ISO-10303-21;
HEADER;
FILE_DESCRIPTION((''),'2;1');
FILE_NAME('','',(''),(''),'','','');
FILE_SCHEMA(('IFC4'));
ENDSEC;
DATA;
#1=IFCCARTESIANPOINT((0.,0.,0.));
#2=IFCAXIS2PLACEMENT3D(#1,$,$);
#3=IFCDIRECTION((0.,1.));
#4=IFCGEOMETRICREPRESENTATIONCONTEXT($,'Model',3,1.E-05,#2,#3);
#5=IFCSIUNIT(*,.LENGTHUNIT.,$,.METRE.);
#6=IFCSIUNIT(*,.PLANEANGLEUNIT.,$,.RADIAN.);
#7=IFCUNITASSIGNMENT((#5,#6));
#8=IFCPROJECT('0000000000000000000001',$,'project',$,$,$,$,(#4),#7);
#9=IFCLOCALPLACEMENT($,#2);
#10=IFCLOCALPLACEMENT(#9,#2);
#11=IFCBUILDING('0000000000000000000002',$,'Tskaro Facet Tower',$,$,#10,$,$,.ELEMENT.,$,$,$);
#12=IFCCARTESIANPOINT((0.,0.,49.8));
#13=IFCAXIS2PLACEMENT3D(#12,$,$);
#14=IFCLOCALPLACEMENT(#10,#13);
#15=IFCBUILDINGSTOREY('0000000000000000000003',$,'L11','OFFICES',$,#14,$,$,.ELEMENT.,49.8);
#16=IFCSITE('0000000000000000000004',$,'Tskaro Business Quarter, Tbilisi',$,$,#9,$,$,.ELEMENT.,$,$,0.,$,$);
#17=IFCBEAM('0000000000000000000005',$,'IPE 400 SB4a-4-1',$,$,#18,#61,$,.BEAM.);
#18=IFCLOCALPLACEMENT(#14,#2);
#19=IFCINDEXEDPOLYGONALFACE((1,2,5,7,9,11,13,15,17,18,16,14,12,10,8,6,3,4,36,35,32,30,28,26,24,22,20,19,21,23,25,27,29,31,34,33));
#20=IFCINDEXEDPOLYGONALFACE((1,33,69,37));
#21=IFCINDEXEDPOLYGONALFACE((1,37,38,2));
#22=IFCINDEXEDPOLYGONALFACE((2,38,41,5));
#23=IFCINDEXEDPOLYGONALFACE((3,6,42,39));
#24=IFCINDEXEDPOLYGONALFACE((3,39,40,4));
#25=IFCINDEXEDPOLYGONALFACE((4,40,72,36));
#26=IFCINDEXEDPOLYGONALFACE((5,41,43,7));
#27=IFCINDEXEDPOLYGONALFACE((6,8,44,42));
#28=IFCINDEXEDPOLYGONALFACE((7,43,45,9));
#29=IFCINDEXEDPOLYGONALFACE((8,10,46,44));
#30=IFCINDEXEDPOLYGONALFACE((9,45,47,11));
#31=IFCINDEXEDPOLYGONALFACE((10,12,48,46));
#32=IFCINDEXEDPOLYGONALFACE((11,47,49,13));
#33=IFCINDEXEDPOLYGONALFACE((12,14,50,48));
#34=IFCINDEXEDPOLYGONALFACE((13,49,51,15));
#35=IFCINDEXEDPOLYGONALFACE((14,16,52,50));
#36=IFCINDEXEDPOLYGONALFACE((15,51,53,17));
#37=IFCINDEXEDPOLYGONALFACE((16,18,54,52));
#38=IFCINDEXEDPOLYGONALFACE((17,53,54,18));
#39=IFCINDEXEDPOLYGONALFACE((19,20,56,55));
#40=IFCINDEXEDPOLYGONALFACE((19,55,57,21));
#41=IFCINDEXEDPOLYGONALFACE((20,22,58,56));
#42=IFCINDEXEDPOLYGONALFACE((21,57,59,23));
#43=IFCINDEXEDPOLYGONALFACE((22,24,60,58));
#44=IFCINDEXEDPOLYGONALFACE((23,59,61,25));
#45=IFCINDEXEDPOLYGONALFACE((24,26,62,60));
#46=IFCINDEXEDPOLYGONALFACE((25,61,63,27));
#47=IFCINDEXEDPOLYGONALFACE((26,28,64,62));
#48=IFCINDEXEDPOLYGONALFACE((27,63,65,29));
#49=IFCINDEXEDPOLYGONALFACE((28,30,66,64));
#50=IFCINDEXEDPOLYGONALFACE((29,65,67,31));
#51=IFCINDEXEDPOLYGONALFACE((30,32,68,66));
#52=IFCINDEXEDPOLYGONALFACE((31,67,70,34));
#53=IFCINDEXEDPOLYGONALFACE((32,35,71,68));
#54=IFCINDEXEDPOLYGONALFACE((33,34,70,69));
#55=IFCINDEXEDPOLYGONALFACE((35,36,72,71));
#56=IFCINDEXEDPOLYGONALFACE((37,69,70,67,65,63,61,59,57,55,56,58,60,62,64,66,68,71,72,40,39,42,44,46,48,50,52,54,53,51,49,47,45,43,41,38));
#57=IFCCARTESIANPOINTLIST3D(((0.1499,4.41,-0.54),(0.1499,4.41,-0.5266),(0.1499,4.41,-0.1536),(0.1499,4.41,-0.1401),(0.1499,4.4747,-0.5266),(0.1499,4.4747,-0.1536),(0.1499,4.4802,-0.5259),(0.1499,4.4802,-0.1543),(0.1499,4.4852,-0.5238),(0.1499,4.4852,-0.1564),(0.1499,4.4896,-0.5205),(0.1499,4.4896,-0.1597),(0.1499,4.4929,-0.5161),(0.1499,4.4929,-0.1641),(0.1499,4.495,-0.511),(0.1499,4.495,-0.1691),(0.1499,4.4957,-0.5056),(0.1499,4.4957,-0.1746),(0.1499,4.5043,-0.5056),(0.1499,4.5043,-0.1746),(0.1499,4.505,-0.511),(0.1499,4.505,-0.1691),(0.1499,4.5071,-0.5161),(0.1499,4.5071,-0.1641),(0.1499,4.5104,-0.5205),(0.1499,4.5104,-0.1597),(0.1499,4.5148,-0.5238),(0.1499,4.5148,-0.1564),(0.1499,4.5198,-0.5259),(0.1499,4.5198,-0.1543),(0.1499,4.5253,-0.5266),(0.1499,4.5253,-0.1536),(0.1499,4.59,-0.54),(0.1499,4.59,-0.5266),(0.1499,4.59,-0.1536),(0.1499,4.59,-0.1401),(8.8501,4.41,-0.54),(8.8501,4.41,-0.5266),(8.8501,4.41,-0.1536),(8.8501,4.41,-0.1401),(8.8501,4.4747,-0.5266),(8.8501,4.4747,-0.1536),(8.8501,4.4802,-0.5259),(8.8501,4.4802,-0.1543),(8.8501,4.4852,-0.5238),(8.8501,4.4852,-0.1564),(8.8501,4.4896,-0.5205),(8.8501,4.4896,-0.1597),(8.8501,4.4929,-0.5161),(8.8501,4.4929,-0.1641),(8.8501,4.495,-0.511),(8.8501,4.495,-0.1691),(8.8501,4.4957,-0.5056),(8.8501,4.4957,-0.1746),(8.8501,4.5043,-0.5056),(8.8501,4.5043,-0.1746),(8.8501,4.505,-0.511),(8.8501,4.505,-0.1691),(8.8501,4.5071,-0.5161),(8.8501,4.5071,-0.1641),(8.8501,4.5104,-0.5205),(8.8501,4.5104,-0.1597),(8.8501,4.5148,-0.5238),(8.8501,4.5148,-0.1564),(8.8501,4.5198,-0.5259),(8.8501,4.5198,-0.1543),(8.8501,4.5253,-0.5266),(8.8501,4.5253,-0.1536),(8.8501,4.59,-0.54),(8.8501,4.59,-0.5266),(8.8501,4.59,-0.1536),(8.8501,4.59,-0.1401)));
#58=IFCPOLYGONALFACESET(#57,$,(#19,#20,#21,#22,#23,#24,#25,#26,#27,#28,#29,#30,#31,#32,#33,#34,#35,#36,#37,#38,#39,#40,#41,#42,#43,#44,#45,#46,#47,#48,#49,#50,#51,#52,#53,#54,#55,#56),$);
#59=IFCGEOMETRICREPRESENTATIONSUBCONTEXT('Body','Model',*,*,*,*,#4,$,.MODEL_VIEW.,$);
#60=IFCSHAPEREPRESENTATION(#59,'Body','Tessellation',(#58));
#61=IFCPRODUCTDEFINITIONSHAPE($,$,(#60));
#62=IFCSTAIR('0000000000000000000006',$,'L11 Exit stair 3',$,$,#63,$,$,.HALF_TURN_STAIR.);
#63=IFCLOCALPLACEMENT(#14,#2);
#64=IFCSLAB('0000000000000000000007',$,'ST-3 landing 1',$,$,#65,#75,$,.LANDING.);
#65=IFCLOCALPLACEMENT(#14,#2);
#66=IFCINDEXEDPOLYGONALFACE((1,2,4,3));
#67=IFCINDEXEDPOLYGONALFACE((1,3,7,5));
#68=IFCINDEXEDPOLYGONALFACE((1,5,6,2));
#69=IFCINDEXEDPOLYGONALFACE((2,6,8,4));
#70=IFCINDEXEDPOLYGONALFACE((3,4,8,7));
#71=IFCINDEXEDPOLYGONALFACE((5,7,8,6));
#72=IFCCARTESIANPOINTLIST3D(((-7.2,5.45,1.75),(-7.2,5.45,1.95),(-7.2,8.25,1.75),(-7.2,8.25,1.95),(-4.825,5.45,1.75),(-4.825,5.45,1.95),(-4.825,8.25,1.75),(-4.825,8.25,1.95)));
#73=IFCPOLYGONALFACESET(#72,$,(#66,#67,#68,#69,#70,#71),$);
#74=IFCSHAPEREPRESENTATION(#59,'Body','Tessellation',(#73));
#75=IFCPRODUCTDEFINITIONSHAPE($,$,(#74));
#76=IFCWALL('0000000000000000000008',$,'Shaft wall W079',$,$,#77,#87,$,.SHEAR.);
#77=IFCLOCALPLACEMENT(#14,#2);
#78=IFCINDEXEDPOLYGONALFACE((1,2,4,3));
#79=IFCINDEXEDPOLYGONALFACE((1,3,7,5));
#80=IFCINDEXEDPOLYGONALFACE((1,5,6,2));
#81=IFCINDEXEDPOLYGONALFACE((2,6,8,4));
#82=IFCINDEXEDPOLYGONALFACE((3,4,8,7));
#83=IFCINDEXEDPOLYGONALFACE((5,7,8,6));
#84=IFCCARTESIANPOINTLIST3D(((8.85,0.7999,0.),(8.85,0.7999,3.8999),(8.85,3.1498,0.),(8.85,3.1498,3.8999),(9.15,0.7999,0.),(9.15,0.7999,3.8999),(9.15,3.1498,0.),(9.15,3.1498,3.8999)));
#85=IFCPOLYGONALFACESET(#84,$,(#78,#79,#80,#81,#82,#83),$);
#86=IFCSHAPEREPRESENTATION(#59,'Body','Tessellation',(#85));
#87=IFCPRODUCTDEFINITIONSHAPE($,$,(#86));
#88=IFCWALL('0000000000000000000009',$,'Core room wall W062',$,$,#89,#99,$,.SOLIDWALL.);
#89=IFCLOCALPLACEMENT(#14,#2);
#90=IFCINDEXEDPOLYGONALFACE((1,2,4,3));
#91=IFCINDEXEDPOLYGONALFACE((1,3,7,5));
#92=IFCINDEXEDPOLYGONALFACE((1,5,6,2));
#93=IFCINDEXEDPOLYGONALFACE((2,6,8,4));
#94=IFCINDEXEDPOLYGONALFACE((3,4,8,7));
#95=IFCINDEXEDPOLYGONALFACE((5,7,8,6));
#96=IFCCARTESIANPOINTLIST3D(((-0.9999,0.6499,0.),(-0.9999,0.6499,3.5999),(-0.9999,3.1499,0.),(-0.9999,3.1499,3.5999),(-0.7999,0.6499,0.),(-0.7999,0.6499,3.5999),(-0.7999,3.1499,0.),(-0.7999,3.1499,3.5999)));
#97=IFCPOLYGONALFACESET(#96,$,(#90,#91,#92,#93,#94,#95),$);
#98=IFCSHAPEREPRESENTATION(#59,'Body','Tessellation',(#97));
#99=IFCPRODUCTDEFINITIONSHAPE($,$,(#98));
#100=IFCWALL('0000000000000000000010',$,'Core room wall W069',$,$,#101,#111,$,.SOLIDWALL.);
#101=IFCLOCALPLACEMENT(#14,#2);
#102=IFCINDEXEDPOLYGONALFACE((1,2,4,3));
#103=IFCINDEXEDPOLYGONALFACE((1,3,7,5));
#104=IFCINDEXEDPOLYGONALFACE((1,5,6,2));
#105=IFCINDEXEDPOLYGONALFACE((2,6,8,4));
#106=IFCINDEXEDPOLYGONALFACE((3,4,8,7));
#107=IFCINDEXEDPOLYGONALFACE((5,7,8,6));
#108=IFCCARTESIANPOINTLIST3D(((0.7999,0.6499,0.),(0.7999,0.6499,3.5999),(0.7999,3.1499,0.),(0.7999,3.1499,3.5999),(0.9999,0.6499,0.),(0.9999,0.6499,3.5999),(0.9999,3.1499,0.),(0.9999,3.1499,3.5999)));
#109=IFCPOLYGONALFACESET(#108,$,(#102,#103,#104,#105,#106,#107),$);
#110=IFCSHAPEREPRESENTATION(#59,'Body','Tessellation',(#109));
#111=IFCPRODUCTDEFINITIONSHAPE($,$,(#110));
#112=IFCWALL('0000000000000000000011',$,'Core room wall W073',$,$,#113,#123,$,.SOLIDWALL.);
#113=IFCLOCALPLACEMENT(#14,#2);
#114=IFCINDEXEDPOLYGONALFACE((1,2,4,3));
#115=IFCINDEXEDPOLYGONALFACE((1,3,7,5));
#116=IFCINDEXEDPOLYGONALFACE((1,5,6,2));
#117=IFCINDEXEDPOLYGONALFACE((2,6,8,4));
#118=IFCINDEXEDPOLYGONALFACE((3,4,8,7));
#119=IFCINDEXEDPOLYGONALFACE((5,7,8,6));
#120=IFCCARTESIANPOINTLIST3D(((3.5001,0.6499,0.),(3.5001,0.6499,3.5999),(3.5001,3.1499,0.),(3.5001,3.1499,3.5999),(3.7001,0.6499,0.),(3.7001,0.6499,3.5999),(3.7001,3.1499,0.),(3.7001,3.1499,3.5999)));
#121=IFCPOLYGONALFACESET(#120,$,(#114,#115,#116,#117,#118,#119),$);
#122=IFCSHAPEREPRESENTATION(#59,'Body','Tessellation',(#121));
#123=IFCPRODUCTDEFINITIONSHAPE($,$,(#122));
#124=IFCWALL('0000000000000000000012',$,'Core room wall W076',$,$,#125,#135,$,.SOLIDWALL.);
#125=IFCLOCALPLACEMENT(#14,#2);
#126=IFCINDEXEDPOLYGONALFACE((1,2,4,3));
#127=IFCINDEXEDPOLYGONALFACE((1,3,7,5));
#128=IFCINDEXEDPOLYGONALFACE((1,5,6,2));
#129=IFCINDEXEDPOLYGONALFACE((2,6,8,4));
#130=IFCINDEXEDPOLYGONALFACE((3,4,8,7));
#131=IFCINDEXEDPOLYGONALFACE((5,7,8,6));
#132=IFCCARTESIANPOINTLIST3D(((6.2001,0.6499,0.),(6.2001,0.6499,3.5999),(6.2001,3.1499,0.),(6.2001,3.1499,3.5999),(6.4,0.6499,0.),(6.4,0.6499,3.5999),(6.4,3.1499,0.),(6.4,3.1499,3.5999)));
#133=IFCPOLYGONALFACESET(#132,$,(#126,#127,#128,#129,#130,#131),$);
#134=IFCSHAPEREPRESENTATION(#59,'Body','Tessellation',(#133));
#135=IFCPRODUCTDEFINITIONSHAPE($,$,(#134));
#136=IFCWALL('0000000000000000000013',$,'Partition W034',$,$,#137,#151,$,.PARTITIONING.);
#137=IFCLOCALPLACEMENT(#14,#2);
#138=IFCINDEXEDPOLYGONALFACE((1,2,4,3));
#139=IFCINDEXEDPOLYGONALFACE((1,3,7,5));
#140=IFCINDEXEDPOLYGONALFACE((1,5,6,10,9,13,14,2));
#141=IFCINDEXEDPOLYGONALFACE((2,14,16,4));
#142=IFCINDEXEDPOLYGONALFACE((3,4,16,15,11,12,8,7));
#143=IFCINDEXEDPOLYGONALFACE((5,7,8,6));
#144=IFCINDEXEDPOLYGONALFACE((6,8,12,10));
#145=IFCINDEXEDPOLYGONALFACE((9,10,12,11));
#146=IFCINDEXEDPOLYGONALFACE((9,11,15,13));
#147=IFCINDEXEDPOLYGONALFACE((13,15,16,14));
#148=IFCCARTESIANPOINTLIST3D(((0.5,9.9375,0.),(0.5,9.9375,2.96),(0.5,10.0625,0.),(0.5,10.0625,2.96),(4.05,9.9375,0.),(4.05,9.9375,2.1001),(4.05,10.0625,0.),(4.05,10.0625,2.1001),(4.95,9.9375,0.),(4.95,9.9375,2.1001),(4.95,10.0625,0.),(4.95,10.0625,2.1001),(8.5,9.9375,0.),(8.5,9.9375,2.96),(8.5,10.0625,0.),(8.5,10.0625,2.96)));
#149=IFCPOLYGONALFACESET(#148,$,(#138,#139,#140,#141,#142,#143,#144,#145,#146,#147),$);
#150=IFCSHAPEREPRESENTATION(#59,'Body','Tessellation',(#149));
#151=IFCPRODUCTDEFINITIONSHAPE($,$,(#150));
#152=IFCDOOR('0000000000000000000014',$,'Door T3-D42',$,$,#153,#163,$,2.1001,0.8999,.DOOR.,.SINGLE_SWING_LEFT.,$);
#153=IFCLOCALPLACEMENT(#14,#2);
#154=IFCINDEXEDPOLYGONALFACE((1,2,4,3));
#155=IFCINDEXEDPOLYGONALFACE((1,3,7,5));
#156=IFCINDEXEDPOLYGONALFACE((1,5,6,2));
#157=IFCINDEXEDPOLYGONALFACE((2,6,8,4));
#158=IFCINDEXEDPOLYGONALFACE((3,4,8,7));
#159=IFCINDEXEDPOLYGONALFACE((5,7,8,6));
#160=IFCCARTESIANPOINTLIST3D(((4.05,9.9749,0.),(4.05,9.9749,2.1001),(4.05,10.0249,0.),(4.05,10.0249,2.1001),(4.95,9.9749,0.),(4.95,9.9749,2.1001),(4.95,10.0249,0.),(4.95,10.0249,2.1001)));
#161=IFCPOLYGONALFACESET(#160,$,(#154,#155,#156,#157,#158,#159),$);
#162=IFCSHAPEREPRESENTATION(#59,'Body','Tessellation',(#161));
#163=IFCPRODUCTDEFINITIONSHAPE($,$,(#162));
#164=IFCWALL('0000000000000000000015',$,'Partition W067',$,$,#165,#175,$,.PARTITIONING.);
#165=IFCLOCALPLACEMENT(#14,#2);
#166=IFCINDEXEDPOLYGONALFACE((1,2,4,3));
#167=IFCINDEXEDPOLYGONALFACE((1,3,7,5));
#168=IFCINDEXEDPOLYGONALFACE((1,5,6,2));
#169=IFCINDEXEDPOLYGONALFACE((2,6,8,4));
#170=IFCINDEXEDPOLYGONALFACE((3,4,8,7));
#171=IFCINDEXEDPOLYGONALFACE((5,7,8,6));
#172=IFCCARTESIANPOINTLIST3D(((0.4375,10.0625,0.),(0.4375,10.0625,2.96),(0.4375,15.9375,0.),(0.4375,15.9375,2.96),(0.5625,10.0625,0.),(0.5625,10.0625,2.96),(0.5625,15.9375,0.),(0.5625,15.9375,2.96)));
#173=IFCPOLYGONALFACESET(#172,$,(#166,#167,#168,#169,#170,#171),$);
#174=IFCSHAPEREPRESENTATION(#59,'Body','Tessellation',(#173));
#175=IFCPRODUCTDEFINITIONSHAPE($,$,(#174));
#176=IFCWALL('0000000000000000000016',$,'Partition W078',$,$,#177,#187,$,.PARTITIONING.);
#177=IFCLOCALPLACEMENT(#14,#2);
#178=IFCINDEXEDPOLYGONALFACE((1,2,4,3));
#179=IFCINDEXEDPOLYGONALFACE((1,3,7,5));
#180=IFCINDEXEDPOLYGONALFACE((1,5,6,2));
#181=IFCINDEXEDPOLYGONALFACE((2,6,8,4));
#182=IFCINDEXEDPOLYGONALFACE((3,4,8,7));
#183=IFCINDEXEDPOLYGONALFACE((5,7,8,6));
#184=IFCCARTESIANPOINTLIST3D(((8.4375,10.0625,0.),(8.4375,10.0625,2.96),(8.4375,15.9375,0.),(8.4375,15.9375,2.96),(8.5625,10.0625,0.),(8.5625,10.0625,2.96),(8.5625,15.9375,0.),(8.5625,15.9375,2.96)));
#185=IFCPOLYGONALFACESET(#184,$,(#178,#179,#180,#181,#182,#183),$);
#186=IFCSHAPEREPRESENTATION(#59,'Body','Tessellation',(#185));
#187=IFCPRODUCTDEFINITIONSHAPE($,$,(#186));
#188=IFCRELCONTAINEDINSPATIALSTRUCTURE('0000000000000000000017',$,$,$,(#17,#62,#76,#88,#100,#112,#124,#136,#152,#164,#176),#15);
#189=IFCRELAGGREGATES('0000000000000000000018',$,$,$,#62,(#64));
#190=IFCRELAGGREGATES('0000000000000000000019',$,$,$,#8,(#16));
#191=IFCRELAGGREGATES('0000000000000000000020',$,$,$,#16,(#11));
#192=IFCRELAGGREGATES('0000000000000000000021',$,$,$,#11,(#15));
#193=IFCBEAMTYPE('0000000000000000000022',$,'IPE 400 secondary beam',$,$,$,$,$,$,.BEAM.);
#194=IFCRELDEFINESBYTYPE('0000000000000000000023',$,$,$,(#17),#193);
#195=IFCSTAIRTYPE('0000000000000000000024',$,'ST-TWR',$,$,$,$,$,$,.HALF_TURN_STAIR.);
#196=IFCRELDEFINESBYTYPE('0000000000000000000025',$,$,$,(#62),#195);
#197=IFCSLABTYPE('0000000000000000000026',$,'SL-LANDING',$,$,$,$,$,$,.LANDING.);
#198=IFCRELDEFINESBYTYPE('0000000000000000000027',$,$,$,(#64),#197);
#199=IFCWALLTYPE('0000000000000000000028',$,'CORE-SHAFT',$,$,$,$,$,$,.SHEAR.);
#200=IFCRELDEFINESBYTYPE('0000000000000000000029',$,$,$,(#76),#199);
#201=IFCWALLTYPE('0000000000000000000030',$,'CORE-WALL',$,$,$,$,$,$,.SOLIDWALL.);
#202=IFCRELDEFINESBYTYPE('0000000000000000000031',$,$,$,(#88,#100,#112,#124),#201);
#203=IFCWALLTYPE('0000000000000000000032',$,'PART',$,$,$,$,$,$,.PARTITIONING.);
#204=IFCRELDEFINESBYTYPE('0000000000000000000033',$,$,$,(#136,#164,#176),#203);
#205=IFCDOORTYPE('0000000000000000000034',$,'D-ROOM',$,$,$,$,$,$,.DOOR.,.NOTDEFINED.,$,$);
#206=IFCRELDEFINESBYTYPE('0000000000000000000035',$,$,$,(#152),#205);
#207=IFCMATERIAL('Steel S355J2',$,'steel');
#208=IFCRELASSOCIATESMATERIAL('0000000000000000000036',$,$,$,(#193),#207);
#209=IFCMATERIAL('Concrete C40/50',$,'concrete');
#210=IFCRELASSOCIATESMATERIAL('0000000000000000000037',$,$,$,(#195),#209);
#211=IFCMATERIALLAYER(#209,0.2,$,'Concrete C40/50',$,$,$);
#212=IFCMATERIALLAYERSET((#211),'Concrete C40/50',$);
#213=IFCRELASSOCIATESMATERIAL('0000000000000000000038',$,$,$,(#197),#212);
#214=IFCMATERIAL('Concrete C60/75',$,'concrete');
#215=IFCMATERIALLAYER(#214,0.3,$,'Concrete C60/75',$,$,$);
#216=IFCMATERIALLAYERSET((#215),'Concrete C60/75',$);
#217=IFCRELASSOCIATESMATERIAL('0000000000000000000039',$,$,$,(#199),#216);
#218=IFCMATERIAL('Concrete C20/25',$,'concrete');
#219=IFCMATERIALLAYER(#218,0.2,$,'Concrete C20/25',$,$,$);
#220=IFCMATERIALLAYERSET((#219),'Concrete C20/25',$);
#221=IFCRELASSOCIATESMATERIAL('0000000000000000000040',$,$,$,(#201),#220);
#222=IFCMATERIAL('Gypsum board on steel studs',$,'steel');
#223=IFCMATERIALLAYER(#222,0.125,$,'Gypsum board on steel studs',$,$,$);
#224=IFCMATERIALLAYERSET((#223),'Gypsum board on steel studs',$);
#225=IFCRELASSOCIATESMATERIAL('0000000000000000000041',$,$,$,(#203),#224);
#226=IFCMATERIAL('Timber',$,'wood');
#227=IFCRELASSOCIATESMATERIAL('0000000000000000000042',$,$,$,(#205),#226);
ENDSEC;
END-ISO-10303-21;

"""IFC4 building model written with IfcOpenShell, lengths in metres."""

from ifc_helpers import new_model, si_unit, direction, frame, frame_2d, origin, origin_2d, place, context, subcontext, project, spatial, polyline, rectangle, i_section, outline, extrude, material, layer, layer_set, material_profile, profile_set, type_object, element, fill, aggregate, save


model = new_model("IFC4")

# Units and contexts
model_context = context("Model", 3, precision=1e-05, world=origin(), true_north=direction((0.0, 1.0)))
body_context = subcontext(model_context, "Body", "Model", "MODEL_VIEW")
ifc_project = project(units=[si_unit("LENGTHUNIT", "METRE"), si_unit("PLANEANGLEUNIT", "RADIAN")], contexts=[model_context])

# Site, building, storey
site_placement = place(None, origin())
site = spatial("IfcSite", under=ifc_project, at=site_placement, Name="Tskaro Business Quarter, Tbilisi", CompositionType="ELEMENT", RefElevation=0.0)
building_placement = place(site_placement, origin())
building = spatial("IfcBuilding", under=site, at=building_placement, Name="Tskaro Facet Tower", CompositionType="ELEMENT")
storey_placement = place(building_placement, frame((0.0, 0.0, 49.8)))
storey = spatial("IfcBuildingStorey", under=building, at=storey_placement, Name="L11", Description="OFFICES", CompositionType="ELEMENT", Elevation=49.8)

# Beam
ifc_material_1 = material(Name="Steel S355J2", Category="steel")
ifc_material_profile_1 = material_profile(ifc_material_1, i_section(OverallWidth=0.1799, OverallDepth=0.3999, WebThickness=0.0085, FlangeThickness=0.0134, FilletRadius=0.021, at=origin_2d()), Name="IPE 400")
ifc_profile_set_1 = profile_set([ifc_material_profile_1], Name="Steel S355J2")
beam_type_1 = type_object("IfcBeamType", Name="IPE 400 secondary beam", PredefinedType="BEAM", material=ifc_profile_set_1)
beam_1_placement = place(storey_placement, frame((0.1499, 4.5, -0.3401), z_axis=(1.0, 0.0, 0.0), x_axis=(0.0, 1.0, 0.0)))
element("IfcBeam", 1, at=beam_1_placement, inside=storey, type_object=beam_type_1, Name="IPE 400 SB4a-4-1", PredefinedType="BEAM", context=body_context, shape_type="SweptSolid", body=[
    extrude(i_section(OverallWidth=0.1799, OverallDepth=0.3999, WebThickness=0.0085, FlangeThickness=0.0134, FilletRadius=0.021, at=origin_2d()), origin(), (0.0, 0.0, 1.0), 8.7002),
])

# Stair, slab
ifc_material_2 = material(Name="Concrete C40/50", Category="concrete")
stair_type = type_object("IfcStairType", Name="ST-TWR", PredefinedType="HALF_TURN_STAIR", material=ifc_material_2)
stair_placement = place(storey_placement, origin())
stair = element("IfcStair", 2, at=stair_placement, inside=storey, type_object=stair_type, Name="L11 Exit stair 3", PredefinedType="HALF_TURN_STAIR")
ifc_layer_1 = layer(ifc_material_2, 0.2, Name="Concrete C40/50")
ifc_layer_set_1 = layer_set([ifc_layer_1], Name="Concrete C40/50")
slab_type = type_object("IfcSlabType", Name="SL-LANDING", PredefinedType="LANDING", material=ifc_layer_set_1)
slab_placement = place(storey_placement, frame((0.0, 0.0, 1.75)))
slab = element("IfcSlab", 3, at=slab_placement, type_object=slab_type, Name="ST-3 landing 1", PredefinedType="LANDING", context=body_context, shape_type="SweptSolid", body=[
    extrude(outline(polyline([(-7.2, 5.45), (-4.825, 5.45), (-4.825, 8.25), (-7.2, 8.25), (-7.2, 5.45)])), origin(), (0.0, 0.0, 1.0), 0.2),
])

# Walls
ifc_material_3 = material(Name="Concrete C60/75", Category="concrete")
ifc_layer_2 = layer(ifc_material_3, 0.3, Name="Concrete C60/75")
ifc_layer_set_2 = layer_set([ifc_layer_2], Name="Concrete C60/75")
wall_type_1 = type_object("IfcWallType", Name="CORE-SHAFT", PredefinedType="SHEAR", material=ifc_layer_set_2)
wall_1_placement = place(storey_placement, frame((9.0, 0.8, 0.0), z_axis=(0.0, 0.0, 1.0), x_axis=(0.0, 1.0, 0.0)))
element("IfcWall", 4, at=wall_1_placement, inside=storey, type_object=wall_type_1, Name="Shaft wall W079", PredefinedType="SHEAR", context=body_context, shape_type="SweptSolid", body=[
    extrude(rectangle(XDim=2.3499, YDim=0.3, at=frame_2d((1.1748, 0.0))), origin(), (0.0, 0.0, 1.0), 3.8999),
])
ifc_material_4 = material(Name="Concrete C20/25", Category="concrete")
ifc_layer_3 = layer(ifc_material_4, 0.2, Name="Concrete C20/25")
ifc_layer_set_3 = layer_set([ifc_layer_3], Name="Concrete C20/25")
wall_type_2 = type_object("IfcWallType", Name="CORE-WALL", PredefinedType="SOLIDWALL", material=ifc_layer_set_3)
for number, where, z_axis, x_axis, name in (
    (5, (-0.8999, 0.6499, 0.0), (0.0, 0.0, 1.0), (0.0, 1.0, 0.0), "Core room wall W062"),
    (6, (0.8999, 0.6499, 0.0), (0.0, 0.0, 1.0), (0.0, 1.0, 0.0), "Core room wall W069"),
    (7, (3.6001, 0.6499, 0.0), (0.0, 0.0, 1.0), (0.0, 1.0, 0.0), "Core room wall W073"),
    (8, (6.3, 0.6499, 0.0), (0.0, 0.0, 1.0), (0.0, 1.0, 0.0), "Core room wall W076"),
):
    element("IfcWall", number, at=place(storey_placement, frame(where, z_axis=z_axis, x_axis=x_axis)), inside=storey, type_object=wall_type_2, Name=name, PredefinedType="SOLIDWALL", context=body_context, shape_type="SweptSolid", body=[
        extrude(rectangle(XDim=2.5, YDim=0.2, at=frame_2d((1.25, 0.0))), origin(), (0.0, 0.0, 1.0), 3.5999),
    ])

# Wall, opening, door
ifc_material_5 = material(Name="Gypsum board on steel studs", Category="steel")
ifc_layer_4 = layer(ifc_material_5, 0.125, Name="Gypsum board on steel studs")
ifc_layer_set_4 = layer_set([ifc_layer_4], Name="Gypsum board on steel studs")
wall_type_3 = type_object("IfcWallType", Name="PART", PredefinedType="PARTITIONING", material=ifc_layer_set_4)
wall_2_placement = place(storey_placement, frame((0.5, 10.0, 0.0), z_axis=(0.0, 0.0, 1.0), x_axis=(1.0, 0.0, 0.0)))
wall_2 = element("IfcWall", 9, at=wall_2_placement, inside=storey, type_object=wall_type_3, Name="Partition W034", PredefinedType="PARTITIONING", context=body_context, shape_type="SweptSolid", body=[
    extrude(rectangle(XDim=8.0, YDim=0.125, at=frame_2d((4.0, 0.0))), origin(), (0.0, 0.0, 1.0), 2.96),
])
opening_1_placement = place(wall_2_placement, frame((3.55, 0.0, 0.0)))
opening_1 = element("IfcOpeningElement", 10, at=opening_1_placement, cuts=wall_2, PredefinedType="OPENING", context=body_context, shape_type="SweptSolid", body=[
    extrude(rectangle(XDim=0.8999, YDim=2.1001, at=frame_2d((0.45, 1.05))), frame((0.0, 0.0725, 0.0), z_axis=(0.0, -1.0, 0.0), x_axis=(1.0, 0.0, 0.0)), (0.0, 0.0, 1.0), 0.145),
])
ifc_material_6 = material(Name="Timber", Category="wood")
door_type_1 = type_object("IfcDoorType", Name="D-ROOM", OperationType="NOTDEFINED", PredefinedType="DOOR", material=ifc_material_6)
door_1_placement = place(opening_1_placement, origin())
door_1 = element("IfcDoor", 11, at=door_1_placement, inside=storey, type_object=door_type_1, Name="Door T3-D42", OperationType="SINGLE_SWING_LEFT", OverallHeight=2.1001, OverallWidth=0.8999, PredefinedType="DOOR", context=body_context, shape_type="SweptSolid", body=[
    extrude(rectangle(XDim=0.8999, YDim=2.1001, at=frame_2d((0.45, 1.05))), frame((0.0, 0.0249, 0.0), z_axis=(0.0, -1.0, 0.0), x_axis=(1.0, 0.0, 0.0)), (0.0, 0.0, 1.0), 0.05),
])
fill(opening_1, door_1)

# Walls
for number, where, z_axis, x_axis, name in (
    (12, (0.5, 10.0625, 0.0), (0.0, 0.0, 1.0), (0.0, 1.0, 0.0), "Partition W067"),
    (13, (8.5, 10.0625, 0.0), (0.0, 0.0, 1.0), (0.0, 1.0, 0.0), "Partition W078"),
):
    element("IfcWall", number, at=place(storey_placement, frame(where, z_axis=z_axis, x_axis=x_axis)), inside=storey, type_object=wall_type_3, Name=name, PredefinedType="PARTITIONING", context=body_context, shape_type="SweptSolid", body=[
        extrude(rectangle(XDim=5.875, YDim=0.125, at=frame_2d((2.9375, 0.0))), origin(), (0.0, 0.0, 1.0), 2.96),
    ])

aggregate(stair, [slab])

save(model, "model.ifc")
